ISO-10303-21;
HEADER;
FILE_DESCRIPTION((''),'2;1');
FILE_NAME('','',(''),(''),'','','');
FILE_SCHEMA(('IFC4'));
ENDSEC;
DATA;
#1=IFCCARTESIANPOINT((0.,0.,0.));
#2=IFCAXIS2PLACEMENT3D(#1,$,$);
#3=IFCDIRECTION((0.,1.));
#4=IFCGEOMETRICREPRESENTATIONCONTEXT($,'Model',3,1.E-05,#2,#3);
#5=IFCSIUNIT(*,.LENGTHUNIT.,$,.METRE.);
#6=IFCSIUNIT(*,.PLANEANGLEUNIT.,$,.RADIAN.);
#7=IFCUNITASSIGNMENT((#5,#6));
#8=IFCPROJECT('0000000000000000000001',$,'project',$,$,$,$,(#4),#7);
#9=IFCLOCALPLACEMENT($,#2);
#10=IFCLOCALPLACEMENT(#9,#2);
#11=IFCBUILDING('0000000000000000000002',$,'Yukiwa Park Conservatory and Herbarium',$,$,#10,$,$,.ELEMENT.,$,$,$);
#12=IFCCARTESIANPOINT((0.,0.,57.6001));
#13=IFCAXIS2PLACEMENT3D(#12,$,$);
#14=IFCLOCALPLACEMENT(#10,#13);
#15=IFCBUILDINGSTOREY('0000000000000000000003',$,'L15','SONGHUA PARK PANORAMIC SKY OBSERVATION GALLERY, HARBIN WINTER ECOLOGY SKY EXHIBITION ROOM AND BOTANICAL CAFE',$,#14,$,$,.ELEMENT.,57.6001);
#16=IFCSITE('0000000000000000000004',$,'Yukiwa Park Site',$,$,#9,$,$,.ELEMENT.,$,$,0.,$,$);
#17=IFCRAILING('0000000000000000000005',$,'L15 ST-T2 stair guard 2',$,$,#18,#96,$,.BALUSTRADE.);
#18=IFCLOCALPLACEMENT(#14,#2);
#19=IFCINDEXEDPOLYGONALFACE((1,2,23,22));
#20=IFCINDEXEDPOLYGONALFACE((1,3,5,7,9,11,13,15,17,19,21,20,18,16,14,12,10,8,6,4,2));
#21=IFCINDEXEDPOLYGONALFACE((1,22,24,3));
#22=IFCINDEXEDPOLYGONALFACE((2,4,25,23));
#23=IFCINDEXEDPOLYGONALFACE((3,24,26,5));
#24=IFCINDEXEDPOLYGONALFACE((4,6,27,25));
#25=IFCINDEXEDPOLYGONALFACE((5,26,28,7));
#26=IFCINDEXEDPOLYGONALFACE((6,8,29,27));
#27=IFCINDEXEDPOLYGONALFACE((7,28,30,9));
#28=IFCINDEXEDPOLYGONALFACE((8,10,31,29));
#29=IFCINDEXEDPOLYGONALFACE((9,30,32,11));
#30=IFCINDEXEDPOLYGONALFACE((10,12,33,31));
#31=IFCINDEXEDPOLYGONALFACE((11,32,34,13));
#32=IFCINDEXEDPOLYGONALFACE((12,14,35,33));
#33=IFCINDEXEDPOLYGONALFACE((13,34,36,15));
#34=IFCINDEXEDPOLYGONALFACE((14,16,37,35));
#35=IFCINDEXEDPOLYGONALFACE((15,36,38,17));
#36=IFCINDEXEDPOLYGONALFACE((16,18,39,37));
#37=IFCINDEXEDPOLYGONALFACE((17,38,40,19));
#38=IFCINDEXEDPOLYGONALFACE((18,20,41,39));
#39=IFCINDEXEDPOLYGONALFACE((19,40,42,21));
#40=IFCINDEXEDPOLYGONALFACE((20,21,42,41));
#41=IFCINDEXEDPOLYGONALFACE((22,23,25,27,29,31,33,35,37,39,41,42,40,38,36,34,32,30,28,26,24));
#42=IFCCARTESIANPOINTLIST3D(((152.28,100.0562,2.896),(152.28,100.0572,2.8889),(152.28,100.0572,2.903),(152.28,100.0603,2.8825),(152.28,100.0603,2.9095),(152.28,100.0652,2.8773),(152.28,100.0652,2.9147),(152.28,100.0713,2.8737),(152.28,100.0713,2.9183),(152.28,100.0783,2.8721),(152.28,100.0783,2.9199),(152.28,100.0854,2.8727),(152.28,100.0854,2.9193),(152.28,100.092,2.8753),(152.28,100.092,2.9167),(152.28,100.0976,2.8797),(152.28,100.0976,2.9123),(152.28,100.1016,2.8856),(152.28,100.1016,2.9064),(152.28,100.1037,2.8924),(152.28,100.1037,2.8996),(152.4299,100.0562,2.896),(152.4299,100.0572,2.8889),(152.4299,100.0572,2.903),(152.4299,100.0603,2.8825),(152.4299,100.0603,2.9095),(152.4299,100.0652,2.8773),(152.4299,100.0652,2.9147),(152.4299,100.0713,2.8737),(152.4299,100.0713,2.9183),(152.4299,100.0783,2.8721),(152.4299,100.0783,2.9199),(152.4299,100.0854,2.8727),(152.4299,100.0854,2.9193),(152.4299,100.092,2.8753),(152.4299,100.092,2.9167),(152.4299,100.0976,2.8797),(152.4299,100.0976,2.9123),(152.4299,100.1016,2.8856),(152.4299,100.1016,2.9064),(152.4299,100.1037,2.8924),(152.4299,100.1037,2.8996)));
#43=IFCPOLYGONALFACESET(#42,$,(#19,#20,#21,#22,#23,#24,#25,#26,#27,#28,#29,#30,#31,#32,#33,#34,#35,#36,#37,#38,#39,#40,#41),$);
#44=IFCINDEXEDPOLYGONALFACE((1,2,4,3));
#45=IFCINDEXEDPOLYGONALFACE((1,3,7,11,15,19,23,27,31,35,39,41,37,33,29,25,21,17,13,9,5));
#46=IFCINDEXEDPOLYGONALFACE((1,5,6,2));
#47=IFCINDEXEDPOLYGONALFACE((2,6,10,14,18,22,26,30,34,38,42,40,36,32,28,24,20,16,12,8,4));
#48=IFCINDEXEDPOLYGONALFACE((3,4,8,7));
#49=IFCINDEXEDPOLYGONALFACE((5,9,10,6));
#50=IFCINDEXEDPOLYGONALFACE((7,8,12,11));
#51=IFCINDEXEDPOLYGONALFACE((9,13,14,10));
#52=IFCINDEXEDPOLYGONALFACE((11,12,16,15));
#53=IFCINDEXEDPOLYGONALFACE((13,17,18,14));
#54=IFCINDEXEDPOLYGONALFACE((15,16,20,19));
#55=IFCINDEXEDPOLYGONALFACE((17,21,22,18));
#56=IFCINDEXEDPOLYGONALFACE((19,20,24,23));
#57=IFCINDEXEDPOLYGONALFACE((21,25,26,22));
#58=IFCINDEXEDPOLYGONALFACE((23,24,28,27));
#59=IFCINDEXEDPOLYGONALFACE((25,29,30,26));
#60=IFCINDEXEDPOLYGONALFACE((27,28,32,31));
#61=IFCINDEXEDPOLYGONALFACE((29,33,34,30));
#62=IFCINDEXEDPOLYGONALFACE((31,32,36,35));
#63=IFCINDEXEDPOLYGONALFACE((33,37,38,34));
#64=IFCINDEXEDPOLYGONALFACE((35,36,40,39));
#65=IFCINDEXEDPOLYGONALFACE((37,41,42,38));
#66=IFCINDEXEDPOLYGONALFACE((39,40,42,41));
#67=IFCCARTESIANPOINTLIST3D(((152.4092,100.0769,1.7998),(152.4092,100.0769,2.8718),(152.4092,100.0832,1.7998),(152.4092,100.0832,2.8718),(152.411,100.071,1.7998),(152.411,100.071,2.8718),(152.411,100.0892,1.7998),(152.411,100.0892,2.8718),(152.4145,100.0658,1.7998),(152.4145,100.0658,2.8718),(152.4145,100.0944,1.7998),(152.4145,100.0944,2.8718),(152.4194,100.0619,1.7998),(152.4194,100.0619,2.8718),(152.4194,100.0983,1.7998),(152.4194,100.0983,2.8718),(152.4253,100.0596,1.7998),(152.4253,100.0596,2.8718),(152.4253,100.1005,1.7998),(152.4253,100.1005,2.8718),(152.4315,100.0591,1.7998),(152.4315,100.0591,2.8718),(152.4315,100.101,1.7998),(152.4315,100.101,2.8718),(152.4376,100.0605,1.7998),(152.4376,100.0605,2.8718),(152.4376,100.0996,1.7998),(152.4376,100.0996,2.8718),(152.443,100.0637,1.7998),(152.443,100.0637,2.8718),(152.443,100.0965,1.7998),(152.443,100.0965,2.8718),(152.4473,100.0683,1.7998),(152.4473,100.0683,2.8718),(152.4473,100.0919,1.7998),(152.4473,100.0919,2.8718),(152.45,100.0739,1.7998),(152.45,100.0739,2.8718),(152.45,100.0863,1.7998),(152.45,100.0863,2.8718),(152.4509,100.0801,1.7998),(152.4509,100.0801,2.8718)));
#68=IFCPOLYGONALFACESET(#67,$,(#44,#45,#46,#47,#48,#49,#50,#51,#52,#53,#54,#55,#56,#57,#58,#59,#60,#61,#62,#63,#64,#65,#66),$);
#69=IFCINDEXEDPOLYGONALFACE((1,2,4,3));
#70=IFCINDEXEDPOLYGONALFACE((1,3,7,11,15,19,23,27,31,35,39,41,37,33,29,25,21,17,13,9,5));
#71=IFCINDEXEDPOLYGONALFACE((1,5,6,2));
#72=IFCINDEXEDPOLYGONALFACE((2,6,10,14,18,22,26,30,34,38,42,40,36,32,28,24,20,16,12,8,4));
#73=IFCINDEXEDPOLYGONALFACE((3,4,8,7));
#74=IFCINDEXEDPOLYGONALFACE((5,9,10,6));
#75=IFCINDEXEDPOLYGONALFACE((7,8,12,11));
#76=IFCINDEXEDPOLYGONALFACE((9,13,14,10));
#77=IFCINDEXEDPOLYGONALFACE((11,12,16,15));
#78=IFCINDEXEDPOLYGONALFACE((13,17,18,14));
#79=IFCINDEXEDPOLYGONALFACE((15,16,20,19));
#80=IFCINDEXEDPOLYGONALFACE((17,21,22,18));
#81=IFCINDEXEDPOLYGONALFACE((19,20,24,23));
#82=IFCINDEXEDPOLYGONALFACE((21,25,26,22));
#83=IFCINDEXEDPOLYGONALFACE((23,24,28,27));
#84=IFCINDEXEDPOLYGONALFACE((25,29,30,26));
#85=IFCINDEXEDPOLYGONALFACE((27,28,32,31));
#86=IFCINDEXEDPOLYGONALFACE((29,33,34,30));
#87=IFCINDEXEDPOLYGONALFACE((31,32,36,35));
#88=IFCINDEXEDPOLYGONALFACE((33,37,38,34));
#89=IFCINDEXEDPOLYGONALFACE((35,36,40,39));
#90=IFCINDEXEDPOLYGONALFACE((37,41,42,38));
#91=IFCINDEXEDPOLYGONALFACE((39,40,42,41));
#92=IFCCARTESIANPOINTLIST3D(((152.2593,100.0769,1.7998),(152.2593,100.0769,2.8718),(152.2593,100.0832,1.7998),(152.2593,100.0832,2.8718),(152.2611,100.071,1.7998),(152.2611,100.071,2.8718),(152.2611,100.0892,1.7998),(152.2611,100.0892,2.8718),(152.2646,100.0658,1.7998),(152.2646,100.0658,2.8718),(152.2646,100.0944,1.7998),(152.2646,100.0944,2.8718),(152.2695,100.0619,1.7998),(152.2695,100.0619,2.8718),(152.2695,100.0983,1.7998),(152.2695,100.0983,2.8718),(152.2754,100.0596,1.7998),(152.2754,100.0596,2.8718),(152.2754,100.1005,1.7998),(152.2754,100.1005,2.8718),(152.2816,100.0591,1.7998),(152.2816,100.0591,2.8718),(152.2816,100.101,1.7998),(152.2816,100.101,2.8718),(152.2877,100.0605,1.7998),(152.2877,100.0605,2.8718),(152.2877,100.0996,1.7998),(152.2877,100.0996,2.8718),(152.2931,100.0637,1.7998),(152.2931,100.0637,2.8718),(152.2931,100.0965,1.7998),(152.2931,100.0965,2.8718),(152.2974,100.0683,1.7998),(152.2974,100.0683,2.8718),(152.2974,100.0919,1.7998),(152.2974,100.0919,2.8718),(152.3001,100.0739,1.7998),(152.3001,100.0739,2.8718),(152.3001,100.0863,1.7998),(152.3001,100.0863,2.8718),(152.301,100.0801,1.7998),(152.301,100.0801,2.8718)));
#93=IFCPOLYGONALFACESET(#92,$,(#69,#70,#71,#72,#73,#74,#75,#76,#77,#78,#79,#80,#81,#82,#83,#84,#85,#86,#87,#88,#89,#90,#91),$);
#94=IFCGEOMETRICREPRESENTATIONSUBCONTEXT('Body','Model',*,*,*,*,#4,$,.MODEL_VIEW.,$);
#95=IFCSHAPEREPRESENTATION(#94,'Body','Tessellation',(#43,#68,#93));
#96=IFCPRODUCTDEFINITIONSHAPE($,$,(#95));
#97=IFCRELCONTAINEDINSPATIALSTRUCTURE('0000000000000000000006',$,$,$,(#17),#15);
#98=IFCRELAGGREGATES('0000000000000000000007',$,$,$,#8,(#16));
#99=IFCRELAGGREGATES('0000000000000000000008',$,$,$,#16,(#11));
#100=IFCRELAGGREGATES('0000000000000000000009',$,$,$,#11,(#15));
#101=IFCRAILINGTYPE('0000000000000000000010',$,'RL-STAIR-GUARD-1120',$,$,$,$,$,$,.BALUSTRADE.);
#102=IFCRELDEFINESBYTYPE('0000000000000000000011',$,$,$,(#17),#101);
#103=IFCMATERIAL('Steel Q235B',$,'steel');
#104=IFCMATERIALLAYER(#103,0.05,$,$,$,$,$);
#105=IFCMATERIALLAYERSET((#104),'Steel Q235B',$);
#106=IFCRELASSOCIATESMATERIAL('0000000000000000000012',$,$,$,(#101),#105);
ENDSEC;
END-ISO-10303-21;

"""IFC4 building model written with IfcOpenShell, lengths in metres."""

from ifc_helpers import new_model, si_unit, direction, frame, origin, origin_2d, place, context, subcontext, project, spatial, circle, extrude, material, layer, layer_set, type_object, element, save


model = new_model("IFC4")

# Units and contexts
model_context = context("Model", 3, precision=1e-05, world=origin(), true_north=direction((0.0, 1.0)))
body_context = subcontext(model_context, "Body", "Model", "MODEL_VIEW")
ifc_project = project(units=[si_unit("LENGTHUNIT", "METRE"), si_unit("PLANEANGLEUNIT", "RADIAN")], contexts=[model_context])

# Site, building, storey
site_placement = place(None, origin())
site = spatial("IfcSite", under=ifc_project, at=site_placement, Name="Yukiwa Park Site", CompositionType="ELEMENT", RefElevation=0.0)
building_placement = place(site_placement, origin())
building = spatial("IfcBuilding", under=site, at=building_placement, Name="Yukiwa Park Conservatory and Herbarium", CompositionType="ELEMENT")
storey_placement = place(building_placement, frame((0.0, 0.0, 57.6001)))
storey = spatial("IfcBuildingStorey", under=building, at=storey_placement, Name="L15", Description="SONGHUA PARK PANORAMIC SKY OBSERVATION GALLERY, HARBIN WINTER ECOLOGY SKY EXHIBITION ROOM AND BOTANICAL CAFE", CompositionType="ELEMENT", Elevation=57.6001)

# Railing
ifc_material_1 = material(Name="Steel Q235B", Category="steel")
ifc_layer_1 = layer(ifc_material_1, 0.05)
ifc_layer_set_1 = layer_set([ifc_layer_1], Name="Steel Q235B")
railing_type_1 = type_object("IfcRailingType", Name="RL-STAIR-GUARD-1120", PredefinedType="BALUSTRADE", material=ifc_layer_set_1)
railing_1_placement = place(storey_placement, frame((152.4299, 100.0801, 1.7998)))
element("IfcRailing", 1, at=railing_1_placement, inside=storey, type_object=railing_type_1, Name="L15 ST-T2 stair guard 2", PredefinedType="BALUSTRADE", context=body_context, shape_type="SweptSolid", body=[
    extrude(circle(Radius=0.0239, at=origin_2d()), frame((0.0, 0.0, 1.0962), z_axis=(-1.0, 0.0, 0.0), x_axis=(0.0, -1.0, 0.0)), (0.0, 0.0, 1.0), 0.1499),
    extrude(circle(Radius=0.021, at=origin_2d()), origin(), (0.0, 0.0, 1.0), 1.072),
    extrude(circle(Radius=0.021, at=origin_2d()), frame((-0.1499, 0.0, 0.0)), (0.0, 0.0, 1.0), 1.072),
])

save(model, "model.ifc")
